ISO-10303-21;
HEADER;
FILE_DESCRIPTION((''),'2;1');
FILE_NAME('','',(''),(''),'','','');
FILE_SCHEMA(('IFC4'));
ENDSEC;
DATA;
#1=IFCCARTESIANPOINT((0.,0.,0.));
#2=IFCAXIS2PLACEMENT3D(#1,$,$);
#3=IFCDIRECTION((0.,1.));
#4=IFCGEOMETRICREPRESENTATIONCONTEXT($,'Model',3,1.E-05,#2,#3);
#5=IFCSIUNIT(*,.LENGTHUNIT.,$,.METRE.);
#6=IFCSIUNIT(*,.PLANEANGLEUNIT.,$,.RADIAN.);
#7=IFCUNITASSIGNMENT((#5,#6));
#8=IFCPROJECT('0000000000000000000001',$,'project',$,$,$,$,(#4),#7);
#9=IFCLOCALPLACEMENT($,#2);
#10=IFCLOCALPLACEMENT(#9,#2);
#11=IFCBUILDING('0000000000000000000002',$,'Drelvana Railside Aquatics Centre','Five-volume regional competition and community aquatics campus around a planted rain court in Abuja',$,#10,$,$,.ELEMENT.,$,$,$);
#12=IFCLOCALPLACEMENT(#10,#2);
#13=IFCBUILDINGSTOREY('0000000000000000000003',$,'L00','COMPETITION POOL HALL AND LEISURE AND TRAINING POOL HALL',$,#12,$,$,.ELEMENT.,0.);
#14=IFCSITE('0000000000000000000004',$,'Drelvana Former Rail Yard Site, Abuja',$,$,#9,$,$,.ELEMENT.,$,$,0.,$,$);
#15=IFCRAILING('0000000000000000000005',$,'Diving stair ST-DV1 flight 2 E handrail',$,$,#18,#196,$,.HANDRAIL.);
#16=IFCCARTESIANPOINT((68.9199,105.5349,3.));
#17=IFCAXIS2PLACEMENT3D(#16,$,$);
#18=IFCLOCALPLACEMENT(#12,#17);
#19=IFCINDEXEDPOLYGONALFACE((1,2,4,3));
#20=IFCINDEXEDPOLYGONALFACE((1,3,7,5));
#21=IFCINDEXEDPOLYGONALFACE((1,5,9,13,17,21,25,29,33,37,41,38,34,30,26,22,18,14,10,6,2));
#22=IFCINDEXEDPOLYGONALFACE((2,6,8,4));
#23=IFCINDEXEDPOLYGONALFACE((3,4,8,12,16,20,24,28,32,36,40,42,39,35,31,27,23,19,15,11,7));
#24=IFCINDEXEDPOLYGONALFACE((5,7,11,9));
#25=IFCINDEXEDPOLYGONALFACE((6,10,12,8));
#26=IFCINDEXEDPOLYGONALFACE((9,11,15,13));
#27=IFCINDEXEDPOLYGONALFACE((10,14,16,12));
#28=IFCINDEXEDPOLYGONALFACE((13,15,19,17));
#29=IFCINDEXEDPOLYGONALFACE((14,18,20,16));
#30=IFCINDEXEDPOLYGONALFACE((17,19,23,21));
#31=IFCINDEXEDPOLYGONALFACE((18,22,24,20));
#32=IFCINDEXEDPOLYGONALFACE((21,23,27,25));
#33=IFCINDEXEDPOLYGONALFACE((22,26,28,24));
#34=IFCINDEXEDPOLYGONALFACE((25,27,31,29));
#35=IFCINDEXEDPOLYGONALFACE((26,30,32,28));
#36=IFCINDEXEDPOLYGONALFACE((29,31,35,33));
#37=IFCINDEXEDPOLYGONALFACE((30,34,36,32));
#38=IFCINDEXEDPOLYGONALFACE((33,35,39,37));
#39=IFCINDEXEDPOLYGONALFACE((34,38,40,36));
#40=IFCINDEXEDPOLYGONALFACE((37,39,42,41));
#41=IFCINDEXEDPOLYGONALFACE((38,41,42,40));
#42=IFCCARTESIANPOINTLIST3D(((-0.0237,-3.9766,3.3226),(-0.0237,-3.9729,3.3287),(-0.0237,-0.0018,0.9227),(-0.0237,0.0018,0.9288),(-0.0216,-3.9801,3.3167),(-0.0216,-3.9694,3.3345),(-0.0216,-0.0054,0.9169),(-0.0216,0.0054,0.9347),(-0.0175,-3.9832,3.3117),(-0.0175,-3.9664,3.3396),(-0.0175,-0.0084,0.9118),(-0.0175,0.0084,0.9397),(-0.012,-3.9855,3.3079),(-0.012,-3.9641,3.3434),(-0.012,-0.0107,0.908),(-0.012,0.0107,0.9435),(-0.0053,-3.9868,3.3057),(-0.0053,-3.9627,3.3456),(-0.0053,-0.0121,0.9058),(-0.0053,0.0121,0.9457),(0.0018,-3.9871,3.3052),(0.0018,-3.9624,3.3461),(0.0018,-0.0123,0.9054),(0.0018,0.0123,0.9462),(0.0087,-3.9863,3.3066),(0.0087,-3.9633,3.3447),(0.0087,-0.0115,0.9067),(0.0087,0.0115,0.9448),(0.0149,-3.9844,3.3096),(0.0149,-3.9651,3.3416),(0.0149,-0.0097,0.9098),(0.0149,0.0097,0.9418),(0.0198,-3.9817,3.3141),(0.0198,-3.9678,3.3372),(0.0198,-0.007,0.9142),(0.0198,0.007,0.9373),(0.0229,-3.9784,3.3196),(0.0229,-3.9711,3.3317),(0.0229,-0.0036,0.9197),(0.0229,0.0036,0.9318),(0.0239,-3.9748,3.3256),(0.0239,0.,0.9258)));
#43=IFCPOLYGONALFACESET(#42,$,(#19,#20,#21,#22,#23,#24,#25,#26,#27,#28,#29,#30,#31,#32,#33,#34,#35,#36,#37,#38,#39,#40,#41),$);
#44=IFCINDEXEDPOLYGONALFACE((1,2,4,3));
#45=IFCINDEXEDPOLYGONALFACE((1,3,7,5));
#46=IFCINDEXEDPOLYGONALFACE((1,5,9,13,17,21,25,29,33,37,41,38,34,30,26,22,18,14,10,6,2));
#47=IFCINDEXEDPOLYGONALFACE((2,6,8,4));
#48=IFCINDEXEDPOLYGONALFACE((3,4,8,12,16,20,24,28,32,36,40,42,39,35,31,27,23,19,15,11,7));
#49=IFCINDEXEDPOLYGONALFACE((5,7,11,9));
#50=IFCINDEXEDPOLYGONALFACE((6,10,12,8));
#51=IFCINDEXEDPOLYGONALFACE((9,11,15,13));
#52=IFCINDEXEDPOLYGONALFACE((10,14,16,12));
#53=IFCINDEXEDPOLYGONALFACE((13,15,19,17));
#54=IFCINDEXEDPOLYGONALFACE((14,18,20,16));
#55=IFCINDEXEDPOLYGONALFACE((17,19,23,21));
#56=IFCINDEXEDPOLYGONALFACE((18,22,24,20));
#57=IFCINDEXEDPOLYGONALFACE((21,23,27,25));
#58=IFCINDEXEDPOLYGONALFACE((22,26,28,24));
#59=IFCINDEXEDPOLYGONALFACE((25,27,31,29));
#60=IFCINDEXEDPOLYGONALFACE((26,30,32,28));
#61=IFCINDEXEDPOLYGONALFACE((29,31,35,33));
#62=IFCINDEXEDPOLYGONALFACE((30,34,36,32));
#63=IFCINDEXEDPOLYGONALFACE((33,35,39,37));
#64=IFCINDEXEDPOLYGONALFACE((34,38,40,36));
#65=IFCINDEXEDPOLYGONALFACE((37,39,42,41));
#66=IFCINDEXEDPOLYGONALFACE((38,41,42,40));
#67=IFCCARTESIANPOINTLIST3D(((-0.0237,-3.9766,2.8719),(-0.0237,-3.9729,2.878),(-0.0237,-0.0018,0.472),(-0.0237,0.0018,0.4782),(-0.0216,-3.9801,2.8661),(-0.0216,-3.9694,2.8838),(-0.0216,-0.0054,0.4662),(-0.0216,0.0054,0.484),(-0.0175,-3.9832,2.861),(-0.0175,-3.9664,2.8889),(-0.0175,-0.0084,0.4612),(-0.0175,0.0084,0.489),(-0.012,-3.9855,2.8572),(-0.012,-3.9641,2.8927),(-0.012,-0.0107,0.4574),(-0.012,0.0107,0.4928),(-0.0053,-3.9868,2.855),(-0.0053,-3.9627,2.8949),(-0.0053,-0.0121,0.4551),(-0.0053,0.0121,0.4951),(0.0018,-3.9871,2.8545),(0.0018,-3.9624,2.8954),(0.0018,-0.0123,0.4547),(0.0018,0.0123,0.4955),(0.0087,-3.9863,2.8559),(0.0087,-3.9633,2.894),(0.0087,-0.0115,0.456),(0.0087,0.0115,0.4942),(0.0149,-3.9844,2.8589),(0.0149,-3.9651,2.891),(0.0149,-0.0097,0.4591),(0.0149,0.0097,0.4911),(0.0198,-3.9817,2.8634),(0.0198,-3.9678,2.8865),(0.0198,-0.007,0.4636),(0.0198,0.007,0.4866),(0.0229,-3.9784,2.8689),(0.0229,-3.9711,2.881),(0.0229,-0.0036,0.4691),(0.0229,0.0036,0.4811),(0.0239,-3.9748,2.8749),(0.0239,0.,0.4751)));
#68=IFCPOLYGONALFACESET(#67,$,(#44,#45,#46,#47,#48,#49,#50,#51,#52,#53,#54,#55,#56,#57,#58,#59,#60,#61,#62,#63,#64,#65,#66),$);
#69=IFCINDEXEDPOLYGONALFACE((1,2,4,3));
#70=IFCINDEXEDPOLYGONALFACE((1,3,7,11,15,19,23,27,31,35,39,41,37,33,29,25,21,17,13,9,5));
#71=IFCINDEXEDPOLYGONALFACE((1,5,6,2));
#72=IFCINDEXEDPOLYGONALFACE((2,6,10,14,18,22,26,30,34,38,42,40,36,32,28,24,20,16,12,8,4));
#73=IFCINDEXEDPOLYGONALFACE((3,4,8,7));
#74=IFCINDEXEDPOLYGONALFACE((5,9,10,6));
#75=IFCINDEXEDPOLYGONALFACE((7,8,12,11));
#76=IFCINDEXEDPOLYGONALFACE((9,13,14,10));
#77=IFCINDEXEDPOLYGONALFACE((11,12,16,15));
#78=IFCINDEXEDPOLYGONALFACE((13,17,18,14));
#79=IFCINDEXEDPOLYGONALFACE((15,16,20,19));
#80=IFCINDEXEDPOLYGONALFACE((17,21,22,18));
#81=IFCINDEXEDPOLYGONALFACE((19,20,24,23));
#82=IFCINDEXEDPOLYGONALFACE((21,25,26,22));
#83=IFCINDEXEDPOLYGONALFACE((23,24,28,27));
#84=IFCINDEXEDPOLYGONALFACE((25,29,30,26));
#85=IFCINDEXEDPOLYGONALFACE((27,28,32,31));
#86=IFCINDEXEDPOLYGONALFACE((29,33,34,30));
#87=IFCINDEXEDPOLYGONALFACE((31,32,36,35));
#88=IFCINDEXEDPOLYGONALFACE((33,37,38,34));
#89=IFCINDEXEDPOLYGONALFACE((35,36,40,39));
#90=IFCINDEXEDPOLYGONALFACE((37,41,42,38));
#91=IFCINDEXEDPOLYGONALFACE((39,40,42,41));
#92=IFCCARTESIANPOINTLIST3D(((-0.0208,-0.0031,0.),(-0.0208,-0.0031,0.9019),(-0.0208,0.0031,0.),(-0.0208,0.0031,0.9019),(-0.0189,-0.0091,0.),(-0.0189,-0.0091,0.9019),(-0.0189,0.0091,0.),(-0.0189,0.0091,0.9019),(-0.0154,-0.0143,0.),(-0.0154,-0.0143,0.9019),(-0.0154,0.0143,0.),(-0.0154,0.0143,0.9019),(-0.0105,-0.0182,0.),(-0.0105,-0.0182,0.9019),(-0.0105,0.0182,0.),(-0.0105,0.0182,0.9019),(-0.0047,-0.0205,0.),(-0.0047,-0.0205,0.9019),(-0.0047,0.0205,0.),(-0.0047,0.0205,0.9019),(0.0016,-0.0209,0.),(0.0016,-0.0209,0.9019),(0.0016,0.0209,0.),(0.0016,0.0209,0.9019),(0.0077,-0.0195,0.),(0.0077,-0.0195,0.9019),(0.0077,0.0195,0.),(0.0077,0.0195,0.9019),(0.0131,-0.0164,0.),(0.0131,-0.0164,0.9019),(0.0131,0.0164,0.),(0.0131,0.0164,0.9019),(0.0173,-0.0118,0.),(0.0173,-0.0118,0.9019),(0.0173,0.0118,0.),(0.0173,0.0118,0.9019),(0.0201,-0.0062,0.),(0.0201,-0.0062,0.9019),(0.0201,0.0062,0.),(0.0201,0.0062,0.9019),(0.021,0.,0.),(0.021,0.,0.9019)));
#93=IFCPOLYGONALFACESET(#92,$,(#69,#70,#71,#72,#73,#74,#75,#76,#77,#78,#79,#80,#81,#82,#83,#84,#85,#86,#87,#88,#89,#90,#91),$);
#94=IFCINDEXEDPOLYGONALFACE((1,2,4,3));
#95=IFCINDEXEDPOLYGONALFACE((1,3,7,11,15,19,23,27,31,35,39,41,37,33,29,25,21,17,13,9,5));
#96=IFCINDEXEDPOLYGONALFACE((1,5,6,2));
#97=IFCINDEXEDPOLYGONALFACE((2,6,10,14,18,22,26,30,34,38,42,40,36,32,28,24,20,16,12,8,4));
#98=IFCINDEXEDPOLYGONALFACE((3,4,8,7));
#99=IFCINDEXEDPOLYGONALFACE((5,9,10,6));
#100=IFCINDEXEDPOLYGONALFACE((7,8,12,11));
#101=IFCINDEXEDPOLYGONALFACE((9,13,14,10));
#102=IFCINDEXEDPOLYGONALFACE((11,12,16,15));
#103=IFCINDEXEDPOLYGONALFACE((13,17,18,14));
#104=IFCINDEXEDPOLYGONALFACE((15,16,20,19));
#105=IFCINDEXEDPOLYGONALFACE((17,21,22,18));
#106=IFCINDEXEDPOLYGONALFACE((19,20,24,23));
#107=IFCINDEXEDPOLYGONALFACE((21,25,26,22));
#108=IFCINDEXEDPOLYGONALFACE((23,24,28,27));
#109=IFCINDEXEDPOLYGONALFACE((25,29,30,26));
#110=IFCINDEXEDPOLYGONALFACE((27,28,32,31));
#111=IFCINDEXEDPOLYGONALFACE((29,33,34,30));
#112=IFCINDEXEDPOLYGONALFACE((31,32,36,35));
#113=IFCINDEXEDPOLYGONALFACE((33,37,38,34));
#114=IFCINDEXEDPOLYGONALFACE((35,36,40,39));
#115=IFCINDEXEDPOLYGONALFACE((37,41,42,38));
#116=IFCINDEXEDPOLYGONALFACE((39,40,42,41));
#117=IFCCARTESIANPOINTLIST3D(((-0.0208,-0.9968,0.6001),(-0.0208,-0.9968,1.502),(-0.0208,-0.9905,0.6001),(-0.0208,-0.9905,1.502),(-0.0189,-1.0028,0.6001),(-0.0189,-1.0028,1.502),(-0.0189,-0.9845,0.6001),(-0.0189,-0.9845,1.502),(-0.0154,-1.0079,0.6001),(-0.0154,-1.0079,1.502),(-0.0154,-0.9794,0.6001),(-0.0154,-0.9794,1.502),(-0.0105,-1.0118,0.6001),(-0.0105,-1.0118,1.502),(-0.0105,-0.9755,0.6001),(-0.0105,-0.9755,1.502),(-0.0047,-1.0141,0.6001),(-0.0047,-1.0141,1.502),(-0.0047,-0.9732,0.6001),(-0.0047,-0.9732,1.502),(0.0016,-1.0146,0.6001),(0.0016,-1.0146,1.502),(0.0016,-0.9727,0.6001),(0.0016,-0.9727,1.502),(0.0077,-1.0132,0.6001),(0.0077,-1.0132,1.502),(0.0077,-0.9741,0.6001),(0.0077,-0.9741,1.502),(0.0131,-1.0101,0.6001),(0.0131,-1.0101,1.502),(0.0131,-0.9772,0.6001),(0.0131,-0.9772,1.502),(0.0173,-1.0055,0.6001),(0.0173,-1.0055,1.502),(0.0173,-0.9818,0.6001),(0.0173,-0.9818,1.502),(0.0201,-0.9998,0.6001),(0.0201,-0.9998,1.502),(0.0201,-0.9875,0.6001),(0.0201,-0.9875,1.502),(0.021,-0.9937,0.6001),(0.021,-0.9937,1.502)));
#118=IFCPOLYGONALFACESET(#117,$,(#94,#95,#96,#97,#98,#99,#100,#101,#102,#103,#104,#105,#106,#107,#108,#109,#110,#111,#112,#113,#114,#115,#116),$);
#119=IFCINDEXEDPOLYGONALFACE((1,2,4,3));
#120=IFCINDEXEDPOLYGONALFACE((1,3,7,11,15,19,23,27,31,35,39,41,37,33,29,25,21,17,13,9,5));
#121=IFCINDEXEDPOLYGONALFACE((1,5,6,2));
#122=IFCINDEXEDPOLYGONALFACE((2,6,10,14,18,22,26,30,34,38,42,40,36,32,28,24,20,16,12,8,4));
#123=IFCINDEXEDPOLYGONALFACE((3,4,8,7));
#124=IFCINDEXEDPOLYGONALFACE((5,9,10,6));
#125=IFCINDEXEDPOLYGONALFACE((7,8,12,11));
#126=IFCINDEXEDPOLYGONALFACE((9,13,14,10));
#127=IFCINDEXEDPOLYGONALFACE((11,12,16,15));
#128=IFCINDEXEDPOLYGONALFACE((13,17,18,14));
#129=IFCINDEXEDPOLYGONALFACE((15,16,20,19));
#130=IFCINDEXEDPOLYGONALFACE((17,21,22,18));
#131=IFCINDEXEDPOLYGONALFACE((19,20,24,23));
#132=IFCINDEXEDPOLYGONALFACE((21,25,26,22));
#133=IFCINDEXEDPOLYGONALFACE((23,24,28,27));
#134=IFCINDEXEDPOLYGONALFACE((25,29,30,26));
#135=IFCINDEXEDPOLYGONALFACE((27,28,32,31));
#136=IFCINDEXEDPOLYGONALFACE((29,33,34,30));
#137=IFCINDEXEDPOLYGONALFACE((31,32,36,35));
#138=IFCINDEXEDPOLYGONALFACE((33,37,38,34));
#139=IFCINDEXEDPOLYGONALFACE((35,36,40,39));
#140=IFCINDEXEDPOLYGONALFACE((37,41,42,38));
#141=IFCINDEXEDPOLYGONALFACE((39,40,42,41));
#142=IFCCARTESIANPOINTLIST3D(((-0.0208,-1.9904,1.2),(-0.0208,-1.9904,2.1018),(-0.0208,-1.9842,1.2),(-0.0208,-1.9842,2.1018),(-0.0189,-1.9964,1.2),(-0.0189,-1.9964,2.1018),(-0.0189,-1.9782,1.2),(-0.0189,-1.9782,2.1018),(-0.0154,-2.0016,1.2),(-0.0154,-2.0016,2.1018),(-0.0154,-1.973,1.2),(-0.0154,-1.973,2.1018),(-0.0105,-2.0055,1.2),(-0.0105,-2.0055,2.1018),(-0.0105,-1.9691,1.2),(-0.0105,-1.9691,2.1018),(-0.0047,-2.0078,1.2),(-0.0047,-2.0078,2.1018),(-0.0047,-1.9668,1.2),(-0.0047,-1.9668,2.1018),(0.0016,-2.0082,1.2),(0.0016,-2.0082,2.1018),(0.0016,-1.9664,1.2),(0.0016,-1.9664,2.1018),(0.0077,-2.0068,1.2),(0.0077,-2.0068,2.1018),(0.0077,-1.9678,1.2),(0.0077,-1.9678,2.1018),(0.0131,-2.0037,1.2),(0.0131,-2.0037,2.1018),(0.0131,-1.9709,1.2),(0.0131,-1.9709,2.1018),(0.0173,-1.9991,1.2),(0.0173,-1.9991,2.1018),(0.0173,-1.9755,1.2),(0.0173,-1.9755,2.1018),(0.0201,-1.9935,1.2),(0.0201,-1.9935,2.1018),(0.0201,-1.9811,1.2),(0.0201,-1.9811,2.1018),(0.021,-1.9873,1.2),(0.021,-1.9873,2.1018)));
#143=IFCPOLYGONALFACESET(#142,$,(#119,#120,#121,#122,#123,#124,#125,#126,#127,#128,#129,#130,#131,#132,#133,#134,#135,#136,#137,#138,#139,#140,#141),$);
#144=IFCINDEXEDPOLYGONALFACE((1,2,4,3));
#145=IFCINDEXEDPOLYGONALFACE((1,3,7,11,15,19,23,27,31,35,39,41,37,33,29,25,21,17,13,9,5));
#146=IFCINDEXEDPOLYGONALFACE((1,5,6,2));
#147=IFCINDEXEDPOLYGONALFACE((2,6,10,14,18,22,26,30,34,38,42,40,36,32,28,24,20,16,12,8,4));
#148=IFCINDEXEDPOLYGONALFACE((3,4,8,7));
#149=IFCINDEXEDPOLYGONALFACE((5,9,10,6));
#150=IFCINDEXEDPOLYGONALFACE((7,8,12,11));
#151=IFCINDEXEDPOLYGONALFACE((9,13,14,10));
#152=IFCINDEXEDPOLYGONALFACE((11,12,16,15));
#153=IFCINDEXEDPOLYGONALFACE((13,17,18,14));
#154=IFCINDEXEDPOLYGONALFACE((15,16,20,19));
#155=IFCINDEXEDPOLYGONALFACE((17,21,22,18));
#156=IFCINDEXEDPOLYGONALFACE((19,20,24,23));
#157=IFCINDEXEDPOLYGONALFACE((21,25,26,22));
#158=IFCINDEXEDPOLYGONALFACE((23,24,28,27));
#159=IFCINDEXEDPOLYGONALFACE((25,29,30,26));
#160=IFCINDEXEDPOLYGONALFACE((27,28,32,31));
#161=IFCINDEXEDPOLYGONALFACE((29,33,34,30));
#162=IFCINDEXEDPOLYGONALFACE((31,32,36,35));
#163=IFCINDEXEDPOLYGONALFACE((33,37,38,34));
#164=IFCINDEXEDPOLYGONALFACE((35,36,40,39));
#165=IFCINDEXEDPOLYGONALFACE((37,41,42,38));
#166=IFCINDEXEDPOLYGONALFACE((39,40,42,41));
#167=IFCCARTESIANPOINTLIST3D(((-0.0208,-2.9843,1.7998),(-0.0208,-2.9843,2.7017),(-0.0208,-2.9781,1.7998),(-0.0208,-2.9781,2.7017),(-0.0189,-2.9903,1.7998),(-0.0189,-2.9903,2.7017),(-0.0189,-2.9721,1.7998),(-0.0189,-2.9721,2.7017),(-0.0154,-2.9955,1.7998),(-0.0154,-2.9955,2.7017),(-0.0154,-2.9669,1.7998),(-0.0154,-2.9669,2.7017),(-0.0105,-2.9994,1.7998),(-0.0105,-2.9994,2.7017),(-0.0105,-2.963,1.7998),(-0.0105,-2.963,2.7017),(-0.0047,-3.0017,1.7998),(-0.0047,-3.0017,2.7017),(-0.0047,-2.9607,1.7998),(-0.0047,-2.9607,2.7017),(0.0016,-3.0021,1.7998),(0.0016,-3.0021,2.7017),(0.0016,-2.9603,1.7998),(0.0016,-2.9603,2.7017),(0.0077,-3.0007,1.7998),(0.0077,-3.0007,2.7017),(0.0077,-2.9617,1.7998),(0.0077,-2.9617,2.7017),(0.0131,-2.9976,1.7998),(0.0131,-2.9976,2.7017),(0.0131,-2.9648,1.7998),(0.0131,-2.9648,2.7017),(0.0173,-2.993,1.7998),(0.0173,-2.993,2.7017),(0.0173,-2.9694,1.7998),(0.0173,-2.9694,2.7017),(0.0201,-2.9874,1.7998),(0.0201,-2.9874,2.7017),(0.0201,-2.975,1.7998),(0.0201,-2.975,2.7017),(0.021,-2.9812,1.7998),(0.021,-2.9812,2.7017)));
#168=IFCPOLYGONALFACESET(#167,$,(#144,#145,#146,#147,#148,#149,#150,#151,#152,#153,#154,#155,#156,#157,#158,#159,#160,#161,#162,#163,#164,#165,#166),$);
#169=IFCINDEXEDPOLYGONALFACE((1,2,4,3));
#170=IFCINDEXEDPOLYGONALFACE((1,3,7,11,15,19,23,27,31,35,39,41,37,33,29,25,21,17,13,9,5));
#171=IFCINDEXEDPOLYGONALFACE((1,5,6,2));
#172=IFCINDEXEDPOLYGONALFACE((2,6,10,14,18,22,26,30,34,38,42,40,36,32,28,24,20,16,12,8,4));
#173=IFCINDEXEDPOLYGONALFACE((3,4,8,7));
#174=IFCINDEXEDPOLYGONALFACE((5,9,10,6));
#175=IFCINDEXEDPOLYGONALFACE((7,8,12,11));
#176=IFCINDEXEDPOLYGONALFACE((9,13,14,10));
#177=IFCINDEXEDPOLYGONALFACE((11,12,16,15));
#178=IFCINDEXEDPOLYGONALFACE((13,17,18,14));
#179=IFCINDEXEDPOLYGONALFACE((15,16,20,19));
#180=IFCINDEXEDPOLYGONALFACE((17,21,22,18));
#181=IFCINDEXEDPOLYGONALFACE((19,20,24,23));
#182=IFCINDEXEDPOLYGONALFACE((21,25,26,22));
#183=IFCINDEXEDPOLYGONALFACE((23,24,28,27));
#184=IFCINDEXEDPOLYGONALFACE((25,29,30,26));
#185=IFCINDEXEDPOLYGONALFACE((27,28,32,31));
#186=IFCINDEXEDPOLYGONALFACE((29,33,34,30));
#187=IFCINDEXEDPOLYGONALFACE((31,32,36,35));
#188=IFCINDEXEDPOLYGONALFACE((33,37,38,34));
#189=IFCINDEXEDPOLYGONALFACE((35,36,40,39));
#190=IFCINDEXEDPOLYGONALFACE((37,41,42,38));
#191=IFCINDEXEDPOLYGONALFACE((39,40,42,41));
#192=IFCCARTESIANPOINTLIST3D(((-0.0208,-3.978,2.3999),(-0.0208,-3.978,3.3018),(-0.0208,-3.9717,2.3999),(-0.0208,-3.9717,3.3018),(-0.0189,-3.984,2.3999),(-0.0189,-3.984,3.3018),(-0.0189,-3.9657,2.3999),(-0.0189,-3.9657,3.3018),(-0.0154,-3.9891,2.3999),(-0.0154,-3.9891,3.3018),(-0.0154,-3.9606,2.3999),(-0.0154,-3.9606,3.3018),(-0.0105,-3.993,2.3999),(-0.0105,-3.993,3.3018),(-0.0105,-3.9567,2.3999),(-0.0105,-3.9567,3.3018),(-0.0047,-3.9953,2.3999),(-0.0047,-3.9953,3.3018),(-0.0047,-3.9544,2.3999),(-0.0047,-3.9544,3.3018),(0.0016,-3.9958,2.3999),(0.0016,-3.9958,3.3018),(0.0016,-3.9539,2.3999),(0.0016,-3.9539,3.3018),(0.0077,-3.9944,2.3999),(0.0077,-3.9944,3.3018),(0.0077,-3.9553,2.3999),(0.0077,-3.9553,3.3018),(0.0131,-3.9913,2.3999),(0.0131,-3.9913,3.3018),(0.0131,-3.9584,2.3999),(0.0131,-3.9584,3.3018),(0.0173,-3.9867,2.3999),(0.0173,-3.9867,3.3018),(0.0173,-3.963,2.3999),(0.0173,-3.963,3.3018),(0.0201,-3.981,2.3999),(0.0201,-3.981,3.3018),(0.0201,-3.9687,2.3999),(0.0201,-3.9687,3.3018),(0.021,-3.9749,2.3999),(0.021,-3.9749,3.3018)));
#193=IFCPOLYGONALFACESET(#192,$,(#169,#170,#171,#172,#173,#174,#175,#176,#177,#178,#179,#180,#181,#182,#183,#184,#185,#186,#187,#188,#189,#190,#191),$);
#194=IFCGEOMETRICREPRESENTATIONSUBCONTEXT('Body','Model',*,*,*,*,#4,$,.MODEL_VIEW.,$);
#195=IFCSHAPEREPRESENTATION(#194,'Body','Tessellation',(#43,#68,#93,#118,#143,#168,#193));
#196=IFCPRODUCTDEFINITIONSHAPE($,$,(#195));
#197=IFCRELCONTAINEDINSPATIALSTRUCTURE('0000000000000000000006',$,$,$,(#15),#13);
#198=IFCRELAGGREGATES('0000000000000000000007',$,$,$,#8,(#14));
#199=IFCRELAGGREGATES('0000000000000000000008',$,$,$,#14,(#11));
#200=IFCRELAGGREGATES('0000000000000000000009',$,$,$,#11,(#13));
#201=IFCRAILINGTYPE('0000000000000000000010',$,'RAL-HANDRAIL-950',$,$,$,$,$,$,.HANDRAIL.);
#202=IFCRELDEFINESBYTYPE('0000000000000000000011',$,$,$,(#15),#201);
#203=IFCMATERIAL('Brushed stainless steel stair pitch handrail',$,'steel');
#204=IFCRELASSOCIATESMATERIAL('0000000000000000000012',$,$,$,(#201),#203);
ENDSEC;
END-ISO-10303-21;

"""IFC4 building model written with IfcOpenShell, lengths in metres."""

from ifc_helpers import new_model, si_unit, direction, frame, origin, origin_2d, place, context, subcontext, project, spatial, circle, extrude, material, type_object, element, save


model = new_model("IFC4")

# Units and contexts
model_context = context("Model", 3, precision=1e-05, world=origin(), true_north=direction((0.0, 1.0)))
body_context = subcontext(model_context, "Body", "Model", "MODEL_VIEW")
ifc_project = project(units=[si_unit("LENGTHUNIT", "METRE"), si_unit("PLANEANGLEUNIT", "RADIAN")], contexts=[model_context])

# Site, building, storey
site_placement = place(None, origin())
site = spatial("IfcSite", under=ifc_project, at=site_placement, Name="Drelvana Former Rail Yard Site, Abuja", CompositionType="ELEMENT", RefElevation=0.0)
building_placement = place(site_placement, origin())
building = spatial("IfcBuilding", under=site, at=building_placement, Name="Drelvana Railside Aquatics Centre", Description="Five-volume regional competition and community aquatics campus around a planted rain court in Abuja", CompositionType="ELEMENT")
storey_placement = place(building_placement, origin())
storey = spatial("IfcBuildingStorey", under=building, at=storey_placement, Name="L00", Description="COMPETITION POOL HALL AND LEISURE AND TRAINING POOL HALL", CompositionType="ELEMENT", Elevation=0.0)

# Railing
ifc_material_1 = material(Name="Brushed stainless steel stair pitch handrail", Category="steel")
railing_type_1 = type_object("IfcRailingType", Name="RAL-HANDRAIL-950", PredefinedType="HANDRAIL", material=ifc_material_1)
for number, where, name in (
    (1, (68.9199, 105.5349, 3.0), "Diving stair ST-DV1 flight 2 E handrail"),
):
    element("IfcRailing", number, at=place(storey_placement, frame(where)), inside=storey, type_object=railing_type_1, Name=name, PredefinedType="HANDRAIL", context=body_context, shape_type="SweptSolid", body=[
        extrude(circle(Radius=0.0239, at=origin_2d()), frame((0.0, 0.0, 0.9258), z_axis=(0.0, -0.856065, 0.516868), x_axis=(1.0, 0.0, 0.0)), (0.0, 0.0, 1.0), 4.6431),
        extrude(circle(Radius=0.0239, at=origin_2d()), frame((0.0, 0.0, 0.4751), z_axis=(0.0, -0.856065, 0.516868), x_axis=(1.0, 0.0, 0.0)), (0.0, 0.0, 1.0), 4.6431),
        extrude(circle(Radius=0.021, at=origin_2d()), origin(), (0.0, 0.0, 1.0), 0.9019),
        extrude(circle(Radius=0.021, at=origin_2d()), frame((0.0, -0.9937, 0.6001)), (0.0, 0.0, 1.0), 0.9019),
        extrude(circle(Radius=0.021, at=origin_2d()), frame((0.0, -1.9873, 1.2)), (0.0, 0.0, 1.0), 0.9019),
        extrude(circle(Radius=0.021, at=origin_2d()), frame((0.0, -2.9812, 1.7998)), (0.0, 0.0, 1.0), 0.9019),
        extrude(circle(Radius=0.021, at=origin_2d()), frame((0.0, -3.9749, 2.3999)), (0.0, 0.0, 1.0), 0.9019),
    ])

save(model, "model.ifc")
